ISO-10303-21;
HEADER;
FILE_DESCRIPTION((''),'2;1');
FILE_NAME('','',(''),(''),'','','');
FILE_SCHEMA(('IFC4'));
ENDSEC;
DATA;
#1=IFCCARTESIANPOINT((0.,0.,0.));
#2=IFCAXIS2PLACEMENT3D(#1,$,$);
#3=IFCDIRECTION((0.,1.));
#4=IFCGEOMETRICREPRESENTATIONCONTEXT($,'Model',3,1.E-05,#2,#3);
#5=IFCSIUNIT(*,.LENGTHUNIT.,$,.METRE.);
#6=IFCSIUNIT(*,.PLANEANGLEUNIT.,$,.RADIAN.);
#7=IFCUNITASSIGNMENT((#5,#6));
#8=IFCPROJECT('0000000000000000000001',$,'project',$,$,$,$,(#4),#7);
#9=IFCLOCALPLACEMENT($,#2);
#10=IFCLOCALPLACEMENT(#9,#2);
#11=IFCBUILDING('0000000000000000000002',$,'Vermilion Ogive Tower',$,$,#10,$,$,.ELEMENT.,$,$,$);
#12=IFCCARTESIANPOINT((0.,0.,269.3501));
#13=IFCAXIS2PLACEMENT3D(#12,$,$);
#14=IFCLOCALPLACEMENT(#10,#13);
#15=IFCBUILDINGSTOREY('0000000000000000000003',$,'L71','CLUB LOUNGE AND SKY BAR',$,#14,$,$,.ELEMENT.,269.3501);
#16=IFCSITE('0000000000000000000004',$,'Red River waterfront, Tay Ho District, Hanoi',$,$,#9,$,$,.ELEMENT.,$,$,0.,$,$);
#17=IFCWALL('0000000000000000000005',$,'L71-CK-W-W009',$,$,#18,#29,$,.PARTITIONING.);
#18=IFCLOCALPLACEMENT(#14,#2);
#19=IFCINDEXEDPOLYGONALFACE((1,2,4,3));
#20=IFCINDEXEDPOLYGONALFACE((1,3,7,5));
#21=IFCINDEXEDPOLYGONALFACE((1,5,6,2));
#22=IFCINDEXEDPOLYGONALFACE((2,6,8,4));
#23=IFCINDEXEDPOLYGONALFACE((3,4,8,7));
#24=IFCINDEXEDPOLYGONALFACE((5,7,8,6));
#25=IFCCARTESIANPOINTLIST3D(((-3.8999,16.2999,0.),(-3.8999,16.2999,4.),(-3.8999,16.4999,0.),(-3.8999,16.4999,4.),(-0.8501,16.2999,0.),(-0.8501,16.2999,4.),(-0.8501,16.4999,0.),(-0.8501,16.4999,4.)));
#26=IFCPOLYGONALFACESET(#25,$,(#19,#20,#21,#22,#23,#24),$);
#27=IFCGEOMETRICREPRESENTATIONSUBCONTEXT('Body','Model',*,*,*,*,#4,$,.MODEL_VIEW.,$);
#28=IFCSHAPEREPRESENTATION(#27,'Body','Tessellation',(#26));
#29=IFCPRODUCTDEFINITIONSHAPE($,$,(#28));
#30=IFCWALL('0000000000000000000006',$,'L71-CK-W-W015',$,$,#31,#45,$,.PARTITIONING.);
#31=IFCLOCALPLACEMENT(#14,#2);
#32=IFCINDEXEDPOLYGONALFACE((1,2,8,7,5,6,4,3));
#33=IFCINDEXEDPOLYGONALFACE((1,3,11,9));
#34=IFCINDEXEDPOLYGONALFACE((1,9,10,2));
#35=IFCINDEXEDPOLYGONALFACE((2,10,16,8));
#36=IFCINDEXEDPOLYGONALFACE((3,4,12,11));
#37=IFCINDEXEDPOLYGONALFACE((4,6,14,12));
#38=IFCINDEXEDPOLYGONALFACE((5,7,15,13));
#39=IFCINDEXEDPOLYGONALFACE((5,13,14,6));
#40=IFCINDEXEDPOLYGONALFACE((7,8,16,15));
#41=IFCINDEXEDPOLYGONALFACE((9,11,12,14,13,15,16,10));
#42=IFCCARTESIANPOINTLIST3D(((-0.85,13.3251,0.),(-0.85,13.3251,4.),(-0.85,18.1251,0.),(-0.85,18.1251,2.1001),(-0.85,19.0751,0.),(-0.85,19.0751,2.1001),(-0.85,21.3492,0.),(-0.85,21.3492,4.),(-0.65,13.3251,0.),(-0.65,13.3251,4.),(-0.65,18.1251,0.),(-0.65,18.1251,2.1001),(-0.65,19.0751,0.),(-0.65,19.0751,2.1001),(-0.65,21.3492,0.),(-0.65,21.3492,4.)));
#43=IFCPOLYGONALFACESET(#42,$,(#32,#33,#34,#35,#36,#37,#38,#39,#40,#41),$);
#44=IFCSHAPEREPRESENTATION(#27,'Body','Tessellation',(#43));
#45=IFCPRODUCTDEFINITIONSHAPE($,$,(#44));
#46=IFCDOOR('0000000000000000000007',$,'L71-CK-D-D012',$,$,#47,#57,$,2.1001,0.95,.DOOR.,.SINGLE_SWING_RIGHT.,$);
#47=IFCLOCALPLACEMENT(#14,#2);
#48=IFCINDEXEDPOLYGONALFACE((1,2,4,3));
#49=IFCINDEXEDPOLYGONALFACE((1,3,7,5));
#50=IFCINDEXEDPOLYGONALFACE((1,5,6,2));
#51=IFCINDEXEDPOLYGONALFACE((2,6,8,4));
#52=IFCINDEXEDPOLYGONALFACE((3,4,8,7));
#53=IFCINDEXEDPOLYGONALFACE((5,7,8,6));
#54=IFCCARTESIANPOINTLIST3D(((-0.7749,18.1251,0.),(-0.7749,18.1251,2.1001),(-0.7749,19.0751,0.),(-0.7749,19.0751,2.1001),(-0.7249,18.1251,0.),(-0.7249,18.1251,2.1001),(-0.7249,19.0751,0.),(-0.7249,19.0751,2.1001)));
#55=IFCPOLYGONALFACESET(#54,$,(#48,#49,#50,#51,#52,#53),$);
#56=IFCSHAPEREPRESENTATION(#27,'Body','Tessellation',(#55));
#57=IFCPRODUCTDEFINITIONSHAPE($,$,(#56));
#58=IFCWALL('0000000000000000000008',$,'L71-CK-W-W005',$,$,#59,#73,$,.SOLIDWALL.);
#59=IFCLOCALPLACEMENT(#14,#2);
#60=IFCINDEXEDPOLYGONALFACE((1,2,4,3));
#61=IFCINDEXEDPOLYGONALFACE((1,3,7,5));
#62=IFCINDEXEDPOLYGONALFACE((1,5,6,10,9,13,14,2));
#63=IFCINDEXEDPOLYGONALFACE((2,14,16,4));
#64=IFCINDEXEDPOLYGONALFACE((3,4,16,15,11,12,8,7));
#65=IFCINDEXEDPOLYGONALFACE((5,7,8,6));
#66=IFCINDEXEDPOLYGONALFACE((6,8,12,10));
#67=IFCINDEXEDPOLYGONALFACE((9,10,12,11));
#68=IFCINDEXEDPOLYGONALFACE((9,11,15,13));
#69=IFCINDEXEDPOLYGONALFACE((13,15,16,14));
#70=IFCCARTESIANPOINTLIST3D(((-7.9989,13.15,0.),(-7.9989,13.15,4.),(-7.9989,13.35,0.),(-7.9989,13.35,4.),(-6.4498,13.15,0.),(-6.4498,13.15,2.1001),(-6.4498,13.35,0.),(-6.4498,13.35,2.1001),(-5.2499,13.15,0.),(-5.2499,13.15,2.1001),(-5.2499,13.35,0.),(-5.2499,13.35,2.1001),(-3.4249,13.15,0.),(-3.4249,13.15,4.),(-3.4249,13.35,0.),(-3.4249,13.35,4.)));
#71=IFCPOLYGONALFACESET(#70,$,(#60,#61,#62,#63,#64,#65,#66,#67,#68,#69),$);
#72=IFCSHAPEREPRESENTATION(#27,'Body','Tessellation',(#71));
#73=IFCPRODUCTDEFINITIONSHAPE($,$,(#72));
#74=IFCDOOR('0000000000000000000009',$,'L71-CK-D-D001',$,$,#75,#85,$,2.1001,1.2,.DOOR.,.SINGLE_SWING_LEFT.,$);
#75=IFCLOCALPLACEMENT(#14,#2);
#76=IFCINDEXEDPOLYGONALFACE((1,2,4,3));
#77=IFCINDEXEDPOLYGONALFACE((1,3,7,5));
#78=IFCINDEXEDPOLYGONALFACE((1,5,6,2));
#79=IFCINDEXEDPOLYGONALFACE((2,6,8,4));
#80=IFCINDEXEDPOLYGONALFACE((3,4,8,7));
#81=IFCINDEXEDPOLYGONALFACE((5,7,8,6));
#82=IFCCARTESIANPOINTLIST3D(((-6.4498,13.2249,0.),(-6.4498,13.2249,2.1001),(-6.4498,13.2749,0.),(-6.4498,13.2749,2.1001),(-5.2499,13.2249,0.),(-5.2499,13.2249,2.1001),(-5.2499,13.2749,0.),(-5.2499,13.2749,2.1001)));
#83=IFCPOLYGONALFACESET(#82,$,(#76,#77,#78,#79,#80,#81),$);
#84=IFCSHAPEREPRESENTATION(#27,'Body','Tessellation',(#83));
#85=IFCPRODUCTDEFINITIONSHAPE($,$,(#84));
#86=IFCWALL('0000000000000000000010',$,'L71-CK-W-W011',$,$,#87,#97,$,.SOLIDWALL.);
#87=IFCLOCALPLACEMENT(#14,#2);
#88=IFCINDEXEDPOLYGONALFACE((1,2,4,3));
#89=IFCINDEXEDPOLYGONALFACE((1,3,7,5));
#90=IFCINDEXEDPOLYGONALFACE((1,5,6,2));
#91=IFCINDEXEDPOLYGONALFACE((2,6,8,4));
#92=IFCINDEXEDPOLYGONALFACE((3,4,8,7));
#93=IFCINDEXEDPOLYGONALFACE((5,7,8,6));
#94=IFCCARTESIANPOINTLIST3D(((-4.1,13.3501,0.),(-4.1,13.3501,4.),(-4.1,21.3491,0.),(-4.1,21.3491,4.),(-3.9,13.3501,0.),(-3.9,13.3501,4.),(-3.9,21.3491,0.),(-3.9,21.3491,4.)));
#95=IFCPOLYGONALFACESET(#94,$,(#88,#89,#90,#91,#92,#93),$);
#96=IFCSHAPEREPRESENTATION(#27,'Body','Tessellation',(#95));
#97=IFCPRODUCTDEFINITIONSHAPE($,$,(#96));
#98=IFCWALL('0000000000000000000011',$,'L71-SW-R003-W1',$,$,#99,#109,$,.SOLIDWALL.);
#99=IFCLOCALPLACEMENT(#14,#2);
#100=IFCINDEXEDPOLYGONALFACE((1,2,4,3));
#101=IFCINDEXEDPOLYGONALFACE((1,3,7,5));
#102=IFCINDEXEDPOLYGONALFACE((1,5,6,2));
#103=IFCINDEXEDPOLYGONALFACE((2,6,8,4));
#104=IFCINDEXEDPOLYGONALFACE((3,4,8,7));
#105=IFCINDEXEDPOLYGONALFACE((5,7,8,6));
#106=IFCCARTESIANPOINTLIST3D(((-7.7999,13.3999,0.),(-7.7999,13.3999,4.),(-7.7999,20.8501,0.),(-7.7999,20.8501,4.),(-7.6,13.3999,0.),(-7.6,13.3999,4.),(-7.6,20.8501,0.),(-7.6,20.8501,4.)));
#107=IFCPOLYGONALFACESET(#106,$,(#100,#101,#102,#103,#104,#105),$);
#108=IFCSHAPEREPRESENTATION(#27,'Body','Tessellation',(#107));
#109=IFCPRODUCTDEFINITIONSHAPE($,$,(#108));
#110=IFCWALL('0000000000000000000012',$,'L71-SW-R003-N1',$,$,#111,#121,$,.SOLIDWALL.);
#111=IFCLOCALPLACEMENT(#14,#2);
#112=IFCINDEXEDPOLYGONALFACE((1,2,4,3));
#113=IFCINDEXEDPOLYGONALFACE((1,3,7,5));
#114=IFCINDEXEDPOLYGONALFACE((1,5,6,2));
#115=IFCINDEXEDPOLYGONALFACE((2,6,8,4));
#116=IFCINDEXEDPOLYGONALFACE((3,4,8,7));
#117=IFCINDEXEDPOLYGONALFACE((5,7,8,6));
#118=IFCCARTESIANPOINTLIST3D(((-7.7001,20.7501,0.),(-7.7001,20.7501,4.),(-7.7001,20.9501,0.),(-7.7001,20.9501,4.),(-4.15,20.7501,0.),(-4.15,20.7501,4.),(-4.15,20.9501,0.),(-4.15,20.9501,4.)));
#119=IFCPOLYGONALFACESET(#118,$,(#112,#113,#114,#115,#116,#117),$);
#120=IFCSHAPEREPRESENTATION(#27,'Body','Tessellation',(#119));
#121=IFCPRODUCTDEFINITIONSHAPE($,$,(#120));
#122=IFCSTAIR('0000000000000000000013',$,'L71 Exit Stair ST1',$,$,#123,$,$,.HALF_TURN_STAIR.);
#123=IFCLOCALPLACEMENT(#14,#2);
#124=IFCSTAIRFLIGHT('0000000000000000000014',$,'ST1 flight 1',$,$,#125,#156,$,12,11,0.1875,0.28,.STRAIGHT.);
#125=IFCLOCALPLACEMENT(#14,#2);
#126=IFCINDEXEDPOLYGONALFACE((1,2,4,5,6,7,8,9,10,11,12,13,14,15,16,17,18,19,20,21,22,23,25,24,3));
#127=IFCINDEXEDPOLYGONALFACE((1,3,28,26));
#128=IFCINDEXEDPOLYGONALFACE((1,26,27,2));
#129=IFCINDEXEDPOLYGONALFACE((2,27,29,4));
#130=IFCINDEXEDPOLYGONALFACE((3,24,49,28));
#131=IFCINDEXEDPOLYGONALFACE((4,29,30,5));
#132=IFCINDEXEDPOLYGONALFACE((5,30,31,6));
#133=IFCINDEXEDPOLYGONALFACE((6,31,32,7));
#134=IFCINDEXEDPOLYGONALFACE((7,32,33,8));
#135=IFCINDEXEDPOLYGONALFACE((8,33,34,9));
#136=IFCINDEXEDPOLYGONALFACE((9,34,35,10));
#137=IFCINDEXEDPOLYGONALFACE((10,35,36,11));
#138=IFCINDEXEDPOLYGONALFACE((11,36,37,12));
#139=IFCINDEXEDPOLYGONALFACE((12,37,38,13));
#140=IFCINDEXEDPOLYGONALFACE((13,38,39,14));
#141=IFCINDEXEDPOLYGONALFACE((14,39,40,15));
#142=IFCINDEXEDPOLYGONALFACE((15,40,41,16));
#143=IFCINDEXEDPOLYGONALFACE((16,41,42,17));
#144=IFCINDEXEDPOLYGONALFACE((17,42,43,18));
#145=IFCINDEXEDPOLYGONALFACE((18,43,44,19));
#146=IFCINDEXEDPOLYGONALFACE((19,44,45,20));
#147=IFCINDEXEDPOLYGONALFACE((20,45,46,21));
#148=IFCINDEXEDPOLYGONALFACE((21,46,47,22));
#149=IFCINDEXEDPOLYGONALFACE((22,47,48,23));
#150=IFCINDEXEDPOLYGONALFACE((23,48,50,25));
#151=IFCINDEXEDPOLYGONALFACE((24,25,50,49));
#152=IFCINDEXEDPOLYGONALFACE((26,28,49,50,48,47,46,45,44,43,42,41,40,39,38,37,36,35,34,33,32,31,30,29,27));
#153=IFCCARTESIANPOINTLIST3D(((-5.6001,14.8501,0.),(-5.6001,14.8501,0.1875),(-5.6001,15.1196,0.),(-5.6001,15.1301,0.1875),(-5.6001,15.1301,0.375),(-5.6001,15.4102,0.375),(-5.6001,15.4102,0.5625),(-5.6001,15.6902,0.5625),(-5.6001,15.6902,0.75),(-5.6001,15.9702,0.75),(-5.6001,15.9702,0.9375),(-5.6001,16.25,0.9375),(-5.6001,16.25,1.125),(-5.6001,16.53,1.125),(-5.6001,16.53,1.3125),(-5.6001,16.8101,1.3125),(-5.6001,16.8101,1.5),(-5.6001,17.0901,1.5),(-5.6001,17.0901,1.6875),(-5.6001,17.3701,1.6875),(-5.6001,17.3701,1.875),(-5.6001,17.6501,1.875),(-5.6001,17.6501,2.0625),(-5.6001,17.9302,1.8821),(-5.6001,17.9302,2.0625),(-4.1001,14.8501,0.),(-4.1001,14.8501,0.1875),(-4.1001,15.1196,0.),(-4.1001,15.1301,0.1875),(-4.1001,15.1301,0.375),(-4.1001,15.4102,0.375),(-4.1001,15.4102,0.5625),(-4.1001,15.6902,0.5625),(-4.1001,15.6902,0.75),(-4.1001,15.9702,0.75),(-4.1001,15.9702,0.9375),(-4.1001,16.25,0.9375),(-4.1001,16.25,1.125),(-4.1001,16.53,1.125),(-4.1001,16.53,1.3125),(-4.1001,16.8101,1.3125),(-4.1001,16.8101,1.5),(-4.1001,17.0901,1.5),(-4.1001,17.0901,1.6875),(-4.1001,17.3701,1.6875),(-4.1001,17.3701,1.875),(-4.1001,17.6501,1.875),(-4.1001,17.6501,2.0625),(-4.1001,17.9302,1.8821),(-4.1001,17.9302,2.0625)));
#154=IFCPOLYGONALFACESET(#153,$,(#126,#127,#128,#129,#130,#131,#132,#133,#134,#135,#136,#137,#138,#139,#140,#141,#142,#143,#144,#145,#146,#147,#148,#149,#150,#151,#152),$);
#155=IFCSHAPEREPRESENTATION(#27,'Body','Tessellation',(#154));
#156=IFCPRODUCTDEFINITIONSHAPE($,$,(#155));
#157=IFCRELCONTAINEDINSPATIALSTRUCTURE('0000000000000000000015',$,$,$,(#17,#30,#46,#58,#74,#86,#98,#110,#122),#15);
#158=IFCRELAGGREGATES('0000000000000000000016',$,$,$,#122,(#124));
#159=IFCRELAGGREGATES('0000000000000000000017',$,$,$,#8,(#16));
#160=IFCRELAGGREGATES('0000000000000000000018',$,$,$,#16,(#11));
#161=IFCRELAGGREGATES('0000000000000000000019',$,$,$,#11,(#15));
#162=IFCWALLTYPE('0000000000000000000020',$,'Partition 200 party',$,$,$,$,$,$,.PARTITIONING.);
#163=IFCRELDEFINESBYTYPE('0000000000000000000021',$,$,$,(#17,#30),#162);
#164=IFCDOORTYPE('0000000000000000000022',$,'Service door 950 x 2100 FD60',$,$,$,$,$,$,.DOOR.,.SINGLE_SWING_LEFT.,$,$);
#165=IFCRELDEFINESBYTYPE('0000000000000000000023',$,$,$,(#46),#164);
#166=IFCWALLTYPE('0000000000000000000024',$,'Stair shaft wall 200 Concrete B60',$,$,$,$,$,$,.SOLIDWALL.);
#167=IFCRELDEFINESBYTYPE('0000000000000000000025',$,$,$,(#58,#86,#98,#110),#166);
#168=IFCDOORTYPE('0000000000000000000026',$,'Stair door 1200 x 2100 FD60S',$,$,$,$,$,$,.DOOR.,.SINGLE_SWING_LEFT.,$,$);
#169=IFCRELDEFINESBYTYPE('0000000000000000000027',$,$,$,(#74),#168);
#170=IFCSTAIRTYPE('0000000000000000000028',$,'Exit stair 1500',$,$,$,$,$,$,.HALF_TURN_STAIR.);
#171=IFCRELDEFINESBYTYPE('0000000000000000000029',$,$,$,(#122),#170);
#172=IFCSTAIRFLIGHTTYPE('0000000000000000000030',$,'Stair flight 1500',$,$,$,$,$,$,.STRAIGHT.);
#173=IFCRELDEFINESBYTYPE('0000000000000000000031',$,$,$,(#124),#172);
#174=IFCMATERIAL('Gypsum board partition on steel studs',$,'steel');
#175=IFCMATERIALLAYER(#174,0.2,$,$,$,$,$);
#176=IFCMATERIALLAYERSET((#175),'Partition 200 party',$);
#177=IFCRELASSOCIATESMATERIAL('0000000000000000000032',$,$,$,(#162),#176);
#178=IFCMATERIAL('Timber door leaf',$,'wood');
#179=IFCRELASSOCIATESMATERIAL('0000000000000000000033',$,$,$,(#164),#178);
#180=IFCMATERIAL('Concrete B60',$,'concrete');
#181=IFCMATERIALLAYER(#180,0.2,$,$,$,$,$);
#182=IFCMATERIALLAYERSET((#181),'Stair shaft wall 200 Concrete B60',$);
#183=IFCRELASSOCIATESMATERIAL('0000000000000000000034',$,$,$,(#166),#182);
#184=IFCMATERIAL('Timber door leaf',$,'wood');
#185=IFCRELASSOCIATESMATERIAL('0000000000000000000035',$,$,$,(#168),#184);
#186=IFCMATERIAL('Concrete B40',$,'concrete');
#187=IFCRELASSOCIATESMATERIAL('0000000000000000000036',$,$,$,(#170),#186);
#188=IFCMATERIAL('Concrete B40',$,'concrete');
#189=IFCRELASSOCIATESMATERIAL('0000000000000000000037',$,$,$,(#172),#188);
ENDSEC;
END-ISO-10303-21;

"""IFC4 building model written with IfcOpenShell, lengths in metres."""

from ifc_helpers import new_model, si_unit, direction, frame, frame_2d, origin, place, context, subcontext, project, spatial, polyline, rectangle, outline, extrude, material, layer, layer_set, type_object, element, fill, aggregate, save


model = new_model("IFC4")

# Units and contexts
model_context = context("Model", 3, precision=1e-05, world=origin(), true_north=direction((0.0, 1.0)))
body_context = subcontext(model_context, "Body", "Model", "MODEL_VIEW")
ifc_project = project(units=[si_unit("LENGTHUNIT", "METRE"), si_unit("PLANEANGLEUNIT", "RADIAN")], contexts=[model_context])

# Site, building, storey
site_placement = place(None, origin())
site = spatial("IfcSite", under=ifc_project, at=site_placement, Name="Red River waterfront, Tay Ho District, Hanoi", CompositionType="ELEMENT", RefElevation=0.0)
building_placement = place(site_placement, origin())
building = spatial("IfcBuilding", under=site, at=building_placement, Name="Vermilion Ogive Tower", CompositionType="ELEMENT")
storey_placement = place(building_placement, frame((0.0, 0.0, 269.3501)))
storey = spatial("IfcBuildingStorey", under=building, at=storey_placement, Name="L71", Description="CLUB LOUNGE AND SKY BAR", CompositionType="ELEMENT", Elevation=269.3501)

# Shared definitions
ifc_material_1 = material(Name="Gypsum board partition on steel studs", Category="steel")
ifc_layer_1 = layer(ifc_material_1, 0.2)
ifc_layer_set_1 = layer_set([ifc_layer_1], Name="Partition 200 party")
wall_type_1 = type_object("IfcWallType", Name="Partition 200 party", PredefinedType="PARTITIONING", material=ifc_layer_set_1)

# Wall
wall_1_placement = place(storey_placement, frame((-3.8999, 16.3999, 0.0), z_axis=(0.0, 0.0, 1.0), x_axis=(1.0, 0.0, 0.0)))
element("IfcWall", 1, at=wall_1_placement, inside=storey, type_object=wall_type_1, Name="L71-CK-W-W009", PredefinedType="PARTITIONING", context=body_context, shape_type="SweptSolid", body=[
    extrude(rectangle(XDim=3.0498, YDim=0.2, at=frame_2d((1.5249, 0.0))), origin(), (0.0, 0.0, 1.0), 4.0),
])

# Walls, openings, doors
wall_2_placement = place(storey_placement, frame((-0.75, 13.325, 0.0), z_axis=(0.0, 0.0, 1.0), x_axis=(0.0, 1.0, 0.0)))
wall_2 = element("IfcWall", 2, at=wall_2_placement, inside=storey, type_object=wall_type_1, Name="L71-CK-W-W015", PredefinedType="PARTITIONING", context=body_context, shape_type="SweptSolid", body=[
    extrude(rectangle(XDim=8.0242, YDim=0.2, at=frame_2d((4.0122, 0.0))), origin(), (0.0, 0.0, 1.0), 4.0),
])
opening_1_placement = place(wall_2_placement, frame((4.8, 0.0, 0.0)))
opening_1 = element("IfcOpeningElement", 3, at=opening_1_placement, cuts=wall_2, PredefinedType="OPENING", context=body_context, shape_type="SweptSolid", body=[
    extrude(rectangle(XDim=0.95, YDim=2.1001, at=frame_2d((0.4751, 1.05))), frame((0.0, 0.1099, 0.0), z_axis=(0.0, -1.0, 0.0), x_axis=(1.0, 0.0, 0.0)), (0.0, 0.0, 1.0), 0.22),
])
ifc_material_2 = material(Name="Timber door leaf", Category="wood")
door_type_1 = type_object("IfcDoorType", Name="Service door 950 x 2100 FD60", OperationType="SINGLE_SWING_LEFT", PredefinedType="DOOR", material=ifc_material_2)
door_1_placement = place(opening_1_placement, origin())
door_1 = element("IfcDoor", 4, at=door_1_placement, inside=storey, type_object=door_type_1, Name="L71-CK-D-D012", OperationType="SINGLE_SWING_RIGHT", OverallHeight=2.1001, OverallWidth=0.95, PredefinedType="DOOR", context=body_context, shape_type="SweptSolid", body=[
    extrude(rectangle(XDim=0.95, YDim=2.1001, at=frame_2d((0.4751, 1.05))), frame((0.0, 0.0249, 0.0), z_axis=(0.0, -1.0, 0.0), x_axis=(1.0, 0.0, 0.0)), (0.0, 0.0, 1.0), 0.05),
])
fill(opening_1, door_1)
ifc_material_3 = material(Name="Concrete B60", Category="concrete")
ifc_layer_2 = layer(ifc_material_3, 0.2)
ifc_layer_set_2 = layer_set([ifc_layer_2], Name="Stair shaft wall 200 Concrete B60")
wall_type_2 = type_object("IfcWallType", Name="Stair shaft wall 200 Concrete B60", PredefinedType="SOLIDWALL", material=ifc_layer_set_2)
wall_3_placement = place(storey_placement, frame((-7.999, 13.25, 0.0), z_axis=(0.0, 0.0, 1.0), x_axis=(1.0, 0.0, 0.0)))
wall_3 = element("IfcWall", 5, at=wall_3_placement, inside=storey, type_object=wall_type_2, Name="L71-CK-W-W005", PredefinedType="SOLIDWALL", context=body_context, shape_type="SweptSolid", body=[
    extrude(rectangle(XDim=4.574, YDim=0.2, at=frame_2d((2.2871, 0.0))), origin(), (0.0, 0.0, 1.0), 4.0),
])
opening_2_placement = place(wall_3_placement, frame((1.5491, 0.0, 0.0)))
opening_2 = element("IfcOpeningElement", 6, at=opening_2_placement, cuts=wall_3, PredefinedType="OPENING", context=body_context, shape_type="SweptSolid", body=[
    extrude(rectangle(XDim=1.2, YDim=2.1001, at=frame_2d((0.6001, 1.05))), frame((0.0, 0.1099, 0.0), z_axis=(0.0, -1.0, 0.0), x_axis=(1.0, 0.0, 0.0)), (0.0, 0.0, 1.0), 0.22),
])
ifc_material_4 = material(Name="Timber door leaf", Category="wood")
door_type_2 = type_object("IfcDoorType", Name="Stair door 1200 x 2100 FD60S", OperationType="SINGLE_SWING_LEFT", PredefinedType="DOOR", material=ifc_material_4)
door_2_placement = place(opening_2_placement, origin())
door_2 = element("IfcDoor", 7, at=door_2_placement, inside=storey, type_object=door_type_2, Name="L71-CK-D-D001", OperationType="SINGLE_SWING_LEFT", OverallHeight=2.1001, OverallWidth=1.2, PredefinedType="DOOR", context=body_context, shape_type="SweptSolid", body=[
    extrude(rectangle(XDim=1.2, YDim=2.1001, at=frame_2d((0.6001, 1.05))), frame((0.0, 0.0249, 0.0), z_axis=(0.0, -1.0, 0.0), x_axis=(1.0, 0.0, 0.0)), (0.0, 0.0, 1.0), 0.05),
])
fill(opening_2, door_2)

# Walls
wall_4_placement = place(storey_placement, frame((-4.0, 13.3501, 0.0), z_axis=(0.0, 0.0, 1.0), x_axis=(0.0, 1.0, 0.0)))
element("IfcWall", 8, at=wall_4_placement, inside=storey, type_object=wall_type_2, Name="L71-CK-W-W011", PredefinedType="SOLIDWALL", context=body_context, shape_type="SweptSolid", body=[
    extrude(rectangle(XDim=7.999, YDim=0.2, at=frame_2d((3.9995, 0.0))), origin(), (0.0, 0.0, 1.0), 4.0),
])
wall_5_placement = place(storey_placement, frame((-7.7, 13.3999, 0.0), z_axis=(0.0, 0.0, 1.0), x_axis=(0.0, 1.0, 0.0)))
element("IfcWall", 9, at=wall_5_placement, inside=storey, type_object=wall_type_2, Name="L71-SW-R003-W1", PredefinedType="SOLIDWALL", context=body_context, shape_type="SweptSolid", body=[
    extrude(rectangle(XDim=7.4502, YDim=0.2, at=frame_2d((3.7251, 0.0))), origin(), (0.0, 0.0, 1.0), 4.0),
])
wall_6_placement = place(storey_placement, frame((-7.7, 20.8501, 0.0), z_axis=(0.0, 0.0, 1.0), x_axis=(1.0, 0.0, 0.0)))
element("IfcWall", 10, at=wall_6_placement, inside=storey, type_object=wall_type_2, Name="L71-SW-R003-N1", PredefinedType="SOLIDWALL", context=body_context, shape_type="SweptSolid", body=[
    extrude(rectangle(XDim=3.55, YDim=0.2, at=frame_2d((1.7749, 0.0))), origin(), (0.0, 0.0, 1.0), 4.0),
])

# Stair, stair flight
ifc_material_5 = material(Name="Concrete B40", Category="concrete")
stair_type = type_object("IfcStairType", Name="Exit stair 1500", PredefinedType="HALF_TURN_STAIR", material=ifc_material_5)
stair_placement = place(storey_placement, origin())
stair = element("IfcStair", 11, at=stair_placement, inside=storey, type_object=stair_type, Name="L71 Exit Stair ST1", PredefinedType="HALF_TURN_STAIR")
ifc_material_6 = material(Name="Concrete B40", Category="concrete")
stair_flight_type = type_object("IfcStairFlightType", Name="Stair flight 1500", PredefinedType="STRAIGHT", material=ifc_material_6)
stair_flight_1_placement = place(storey_placement, frame((-4.8501, 14.8501, 0.0), z_axis=(0.0, 0.0, 1.0), x_axis=(0.0, 1.0, 0.0)))
stair_flight_1 = element("IfcStairFlight", 12, at=stair_flight_1_placement, type_object=stair_flight_type, Name="ST1 flight 1", NumberOfRisers=12, NumberOfTreads=11, PredefinedType="STRAIGHT", RiserHeight=0.1875, TreadLength=0.28, context=body_context, shape_type="SweptSolid", body=[
    extrude(outline(polyline([(0.0, 0.0), (0.0, 0.1875), (0.28, 0.1875), (0.28, 0.375), (0.5601, 0.375), (0.5601, 0.5625), (0.8401, 0.5625), (0.8401, 0.75), (1.1201, 0.75), (1.1201, 0.9375), (1.3999, 0.9375), (1.3999, 1.125), (1.6799, 1.125), (1.6799, 1.3125), (1.96, 1.3125), (1.96, 1.5), (2.24, 1.5), (2.24, 1.6875), (2.52, 1.6875), (2.52, 1.875), (2.8, 1.875), (2.8, 2.0625), (3.0801, 2.0625), (3.0801, 2.25), (3.0801, 1.8821), (0.2695, 0.0), (0.0, 0.0)])), frame((0.0, 0.75, 0.0), z_axis=(0.0, -1.0, 0.0), x_axis=(1.0, 0.0, 0.0)), (0.0, 0.0, 1.0), 1.5),
])
aggregate(stair, [stair_flight_1])

save(model, "model.ifc")
